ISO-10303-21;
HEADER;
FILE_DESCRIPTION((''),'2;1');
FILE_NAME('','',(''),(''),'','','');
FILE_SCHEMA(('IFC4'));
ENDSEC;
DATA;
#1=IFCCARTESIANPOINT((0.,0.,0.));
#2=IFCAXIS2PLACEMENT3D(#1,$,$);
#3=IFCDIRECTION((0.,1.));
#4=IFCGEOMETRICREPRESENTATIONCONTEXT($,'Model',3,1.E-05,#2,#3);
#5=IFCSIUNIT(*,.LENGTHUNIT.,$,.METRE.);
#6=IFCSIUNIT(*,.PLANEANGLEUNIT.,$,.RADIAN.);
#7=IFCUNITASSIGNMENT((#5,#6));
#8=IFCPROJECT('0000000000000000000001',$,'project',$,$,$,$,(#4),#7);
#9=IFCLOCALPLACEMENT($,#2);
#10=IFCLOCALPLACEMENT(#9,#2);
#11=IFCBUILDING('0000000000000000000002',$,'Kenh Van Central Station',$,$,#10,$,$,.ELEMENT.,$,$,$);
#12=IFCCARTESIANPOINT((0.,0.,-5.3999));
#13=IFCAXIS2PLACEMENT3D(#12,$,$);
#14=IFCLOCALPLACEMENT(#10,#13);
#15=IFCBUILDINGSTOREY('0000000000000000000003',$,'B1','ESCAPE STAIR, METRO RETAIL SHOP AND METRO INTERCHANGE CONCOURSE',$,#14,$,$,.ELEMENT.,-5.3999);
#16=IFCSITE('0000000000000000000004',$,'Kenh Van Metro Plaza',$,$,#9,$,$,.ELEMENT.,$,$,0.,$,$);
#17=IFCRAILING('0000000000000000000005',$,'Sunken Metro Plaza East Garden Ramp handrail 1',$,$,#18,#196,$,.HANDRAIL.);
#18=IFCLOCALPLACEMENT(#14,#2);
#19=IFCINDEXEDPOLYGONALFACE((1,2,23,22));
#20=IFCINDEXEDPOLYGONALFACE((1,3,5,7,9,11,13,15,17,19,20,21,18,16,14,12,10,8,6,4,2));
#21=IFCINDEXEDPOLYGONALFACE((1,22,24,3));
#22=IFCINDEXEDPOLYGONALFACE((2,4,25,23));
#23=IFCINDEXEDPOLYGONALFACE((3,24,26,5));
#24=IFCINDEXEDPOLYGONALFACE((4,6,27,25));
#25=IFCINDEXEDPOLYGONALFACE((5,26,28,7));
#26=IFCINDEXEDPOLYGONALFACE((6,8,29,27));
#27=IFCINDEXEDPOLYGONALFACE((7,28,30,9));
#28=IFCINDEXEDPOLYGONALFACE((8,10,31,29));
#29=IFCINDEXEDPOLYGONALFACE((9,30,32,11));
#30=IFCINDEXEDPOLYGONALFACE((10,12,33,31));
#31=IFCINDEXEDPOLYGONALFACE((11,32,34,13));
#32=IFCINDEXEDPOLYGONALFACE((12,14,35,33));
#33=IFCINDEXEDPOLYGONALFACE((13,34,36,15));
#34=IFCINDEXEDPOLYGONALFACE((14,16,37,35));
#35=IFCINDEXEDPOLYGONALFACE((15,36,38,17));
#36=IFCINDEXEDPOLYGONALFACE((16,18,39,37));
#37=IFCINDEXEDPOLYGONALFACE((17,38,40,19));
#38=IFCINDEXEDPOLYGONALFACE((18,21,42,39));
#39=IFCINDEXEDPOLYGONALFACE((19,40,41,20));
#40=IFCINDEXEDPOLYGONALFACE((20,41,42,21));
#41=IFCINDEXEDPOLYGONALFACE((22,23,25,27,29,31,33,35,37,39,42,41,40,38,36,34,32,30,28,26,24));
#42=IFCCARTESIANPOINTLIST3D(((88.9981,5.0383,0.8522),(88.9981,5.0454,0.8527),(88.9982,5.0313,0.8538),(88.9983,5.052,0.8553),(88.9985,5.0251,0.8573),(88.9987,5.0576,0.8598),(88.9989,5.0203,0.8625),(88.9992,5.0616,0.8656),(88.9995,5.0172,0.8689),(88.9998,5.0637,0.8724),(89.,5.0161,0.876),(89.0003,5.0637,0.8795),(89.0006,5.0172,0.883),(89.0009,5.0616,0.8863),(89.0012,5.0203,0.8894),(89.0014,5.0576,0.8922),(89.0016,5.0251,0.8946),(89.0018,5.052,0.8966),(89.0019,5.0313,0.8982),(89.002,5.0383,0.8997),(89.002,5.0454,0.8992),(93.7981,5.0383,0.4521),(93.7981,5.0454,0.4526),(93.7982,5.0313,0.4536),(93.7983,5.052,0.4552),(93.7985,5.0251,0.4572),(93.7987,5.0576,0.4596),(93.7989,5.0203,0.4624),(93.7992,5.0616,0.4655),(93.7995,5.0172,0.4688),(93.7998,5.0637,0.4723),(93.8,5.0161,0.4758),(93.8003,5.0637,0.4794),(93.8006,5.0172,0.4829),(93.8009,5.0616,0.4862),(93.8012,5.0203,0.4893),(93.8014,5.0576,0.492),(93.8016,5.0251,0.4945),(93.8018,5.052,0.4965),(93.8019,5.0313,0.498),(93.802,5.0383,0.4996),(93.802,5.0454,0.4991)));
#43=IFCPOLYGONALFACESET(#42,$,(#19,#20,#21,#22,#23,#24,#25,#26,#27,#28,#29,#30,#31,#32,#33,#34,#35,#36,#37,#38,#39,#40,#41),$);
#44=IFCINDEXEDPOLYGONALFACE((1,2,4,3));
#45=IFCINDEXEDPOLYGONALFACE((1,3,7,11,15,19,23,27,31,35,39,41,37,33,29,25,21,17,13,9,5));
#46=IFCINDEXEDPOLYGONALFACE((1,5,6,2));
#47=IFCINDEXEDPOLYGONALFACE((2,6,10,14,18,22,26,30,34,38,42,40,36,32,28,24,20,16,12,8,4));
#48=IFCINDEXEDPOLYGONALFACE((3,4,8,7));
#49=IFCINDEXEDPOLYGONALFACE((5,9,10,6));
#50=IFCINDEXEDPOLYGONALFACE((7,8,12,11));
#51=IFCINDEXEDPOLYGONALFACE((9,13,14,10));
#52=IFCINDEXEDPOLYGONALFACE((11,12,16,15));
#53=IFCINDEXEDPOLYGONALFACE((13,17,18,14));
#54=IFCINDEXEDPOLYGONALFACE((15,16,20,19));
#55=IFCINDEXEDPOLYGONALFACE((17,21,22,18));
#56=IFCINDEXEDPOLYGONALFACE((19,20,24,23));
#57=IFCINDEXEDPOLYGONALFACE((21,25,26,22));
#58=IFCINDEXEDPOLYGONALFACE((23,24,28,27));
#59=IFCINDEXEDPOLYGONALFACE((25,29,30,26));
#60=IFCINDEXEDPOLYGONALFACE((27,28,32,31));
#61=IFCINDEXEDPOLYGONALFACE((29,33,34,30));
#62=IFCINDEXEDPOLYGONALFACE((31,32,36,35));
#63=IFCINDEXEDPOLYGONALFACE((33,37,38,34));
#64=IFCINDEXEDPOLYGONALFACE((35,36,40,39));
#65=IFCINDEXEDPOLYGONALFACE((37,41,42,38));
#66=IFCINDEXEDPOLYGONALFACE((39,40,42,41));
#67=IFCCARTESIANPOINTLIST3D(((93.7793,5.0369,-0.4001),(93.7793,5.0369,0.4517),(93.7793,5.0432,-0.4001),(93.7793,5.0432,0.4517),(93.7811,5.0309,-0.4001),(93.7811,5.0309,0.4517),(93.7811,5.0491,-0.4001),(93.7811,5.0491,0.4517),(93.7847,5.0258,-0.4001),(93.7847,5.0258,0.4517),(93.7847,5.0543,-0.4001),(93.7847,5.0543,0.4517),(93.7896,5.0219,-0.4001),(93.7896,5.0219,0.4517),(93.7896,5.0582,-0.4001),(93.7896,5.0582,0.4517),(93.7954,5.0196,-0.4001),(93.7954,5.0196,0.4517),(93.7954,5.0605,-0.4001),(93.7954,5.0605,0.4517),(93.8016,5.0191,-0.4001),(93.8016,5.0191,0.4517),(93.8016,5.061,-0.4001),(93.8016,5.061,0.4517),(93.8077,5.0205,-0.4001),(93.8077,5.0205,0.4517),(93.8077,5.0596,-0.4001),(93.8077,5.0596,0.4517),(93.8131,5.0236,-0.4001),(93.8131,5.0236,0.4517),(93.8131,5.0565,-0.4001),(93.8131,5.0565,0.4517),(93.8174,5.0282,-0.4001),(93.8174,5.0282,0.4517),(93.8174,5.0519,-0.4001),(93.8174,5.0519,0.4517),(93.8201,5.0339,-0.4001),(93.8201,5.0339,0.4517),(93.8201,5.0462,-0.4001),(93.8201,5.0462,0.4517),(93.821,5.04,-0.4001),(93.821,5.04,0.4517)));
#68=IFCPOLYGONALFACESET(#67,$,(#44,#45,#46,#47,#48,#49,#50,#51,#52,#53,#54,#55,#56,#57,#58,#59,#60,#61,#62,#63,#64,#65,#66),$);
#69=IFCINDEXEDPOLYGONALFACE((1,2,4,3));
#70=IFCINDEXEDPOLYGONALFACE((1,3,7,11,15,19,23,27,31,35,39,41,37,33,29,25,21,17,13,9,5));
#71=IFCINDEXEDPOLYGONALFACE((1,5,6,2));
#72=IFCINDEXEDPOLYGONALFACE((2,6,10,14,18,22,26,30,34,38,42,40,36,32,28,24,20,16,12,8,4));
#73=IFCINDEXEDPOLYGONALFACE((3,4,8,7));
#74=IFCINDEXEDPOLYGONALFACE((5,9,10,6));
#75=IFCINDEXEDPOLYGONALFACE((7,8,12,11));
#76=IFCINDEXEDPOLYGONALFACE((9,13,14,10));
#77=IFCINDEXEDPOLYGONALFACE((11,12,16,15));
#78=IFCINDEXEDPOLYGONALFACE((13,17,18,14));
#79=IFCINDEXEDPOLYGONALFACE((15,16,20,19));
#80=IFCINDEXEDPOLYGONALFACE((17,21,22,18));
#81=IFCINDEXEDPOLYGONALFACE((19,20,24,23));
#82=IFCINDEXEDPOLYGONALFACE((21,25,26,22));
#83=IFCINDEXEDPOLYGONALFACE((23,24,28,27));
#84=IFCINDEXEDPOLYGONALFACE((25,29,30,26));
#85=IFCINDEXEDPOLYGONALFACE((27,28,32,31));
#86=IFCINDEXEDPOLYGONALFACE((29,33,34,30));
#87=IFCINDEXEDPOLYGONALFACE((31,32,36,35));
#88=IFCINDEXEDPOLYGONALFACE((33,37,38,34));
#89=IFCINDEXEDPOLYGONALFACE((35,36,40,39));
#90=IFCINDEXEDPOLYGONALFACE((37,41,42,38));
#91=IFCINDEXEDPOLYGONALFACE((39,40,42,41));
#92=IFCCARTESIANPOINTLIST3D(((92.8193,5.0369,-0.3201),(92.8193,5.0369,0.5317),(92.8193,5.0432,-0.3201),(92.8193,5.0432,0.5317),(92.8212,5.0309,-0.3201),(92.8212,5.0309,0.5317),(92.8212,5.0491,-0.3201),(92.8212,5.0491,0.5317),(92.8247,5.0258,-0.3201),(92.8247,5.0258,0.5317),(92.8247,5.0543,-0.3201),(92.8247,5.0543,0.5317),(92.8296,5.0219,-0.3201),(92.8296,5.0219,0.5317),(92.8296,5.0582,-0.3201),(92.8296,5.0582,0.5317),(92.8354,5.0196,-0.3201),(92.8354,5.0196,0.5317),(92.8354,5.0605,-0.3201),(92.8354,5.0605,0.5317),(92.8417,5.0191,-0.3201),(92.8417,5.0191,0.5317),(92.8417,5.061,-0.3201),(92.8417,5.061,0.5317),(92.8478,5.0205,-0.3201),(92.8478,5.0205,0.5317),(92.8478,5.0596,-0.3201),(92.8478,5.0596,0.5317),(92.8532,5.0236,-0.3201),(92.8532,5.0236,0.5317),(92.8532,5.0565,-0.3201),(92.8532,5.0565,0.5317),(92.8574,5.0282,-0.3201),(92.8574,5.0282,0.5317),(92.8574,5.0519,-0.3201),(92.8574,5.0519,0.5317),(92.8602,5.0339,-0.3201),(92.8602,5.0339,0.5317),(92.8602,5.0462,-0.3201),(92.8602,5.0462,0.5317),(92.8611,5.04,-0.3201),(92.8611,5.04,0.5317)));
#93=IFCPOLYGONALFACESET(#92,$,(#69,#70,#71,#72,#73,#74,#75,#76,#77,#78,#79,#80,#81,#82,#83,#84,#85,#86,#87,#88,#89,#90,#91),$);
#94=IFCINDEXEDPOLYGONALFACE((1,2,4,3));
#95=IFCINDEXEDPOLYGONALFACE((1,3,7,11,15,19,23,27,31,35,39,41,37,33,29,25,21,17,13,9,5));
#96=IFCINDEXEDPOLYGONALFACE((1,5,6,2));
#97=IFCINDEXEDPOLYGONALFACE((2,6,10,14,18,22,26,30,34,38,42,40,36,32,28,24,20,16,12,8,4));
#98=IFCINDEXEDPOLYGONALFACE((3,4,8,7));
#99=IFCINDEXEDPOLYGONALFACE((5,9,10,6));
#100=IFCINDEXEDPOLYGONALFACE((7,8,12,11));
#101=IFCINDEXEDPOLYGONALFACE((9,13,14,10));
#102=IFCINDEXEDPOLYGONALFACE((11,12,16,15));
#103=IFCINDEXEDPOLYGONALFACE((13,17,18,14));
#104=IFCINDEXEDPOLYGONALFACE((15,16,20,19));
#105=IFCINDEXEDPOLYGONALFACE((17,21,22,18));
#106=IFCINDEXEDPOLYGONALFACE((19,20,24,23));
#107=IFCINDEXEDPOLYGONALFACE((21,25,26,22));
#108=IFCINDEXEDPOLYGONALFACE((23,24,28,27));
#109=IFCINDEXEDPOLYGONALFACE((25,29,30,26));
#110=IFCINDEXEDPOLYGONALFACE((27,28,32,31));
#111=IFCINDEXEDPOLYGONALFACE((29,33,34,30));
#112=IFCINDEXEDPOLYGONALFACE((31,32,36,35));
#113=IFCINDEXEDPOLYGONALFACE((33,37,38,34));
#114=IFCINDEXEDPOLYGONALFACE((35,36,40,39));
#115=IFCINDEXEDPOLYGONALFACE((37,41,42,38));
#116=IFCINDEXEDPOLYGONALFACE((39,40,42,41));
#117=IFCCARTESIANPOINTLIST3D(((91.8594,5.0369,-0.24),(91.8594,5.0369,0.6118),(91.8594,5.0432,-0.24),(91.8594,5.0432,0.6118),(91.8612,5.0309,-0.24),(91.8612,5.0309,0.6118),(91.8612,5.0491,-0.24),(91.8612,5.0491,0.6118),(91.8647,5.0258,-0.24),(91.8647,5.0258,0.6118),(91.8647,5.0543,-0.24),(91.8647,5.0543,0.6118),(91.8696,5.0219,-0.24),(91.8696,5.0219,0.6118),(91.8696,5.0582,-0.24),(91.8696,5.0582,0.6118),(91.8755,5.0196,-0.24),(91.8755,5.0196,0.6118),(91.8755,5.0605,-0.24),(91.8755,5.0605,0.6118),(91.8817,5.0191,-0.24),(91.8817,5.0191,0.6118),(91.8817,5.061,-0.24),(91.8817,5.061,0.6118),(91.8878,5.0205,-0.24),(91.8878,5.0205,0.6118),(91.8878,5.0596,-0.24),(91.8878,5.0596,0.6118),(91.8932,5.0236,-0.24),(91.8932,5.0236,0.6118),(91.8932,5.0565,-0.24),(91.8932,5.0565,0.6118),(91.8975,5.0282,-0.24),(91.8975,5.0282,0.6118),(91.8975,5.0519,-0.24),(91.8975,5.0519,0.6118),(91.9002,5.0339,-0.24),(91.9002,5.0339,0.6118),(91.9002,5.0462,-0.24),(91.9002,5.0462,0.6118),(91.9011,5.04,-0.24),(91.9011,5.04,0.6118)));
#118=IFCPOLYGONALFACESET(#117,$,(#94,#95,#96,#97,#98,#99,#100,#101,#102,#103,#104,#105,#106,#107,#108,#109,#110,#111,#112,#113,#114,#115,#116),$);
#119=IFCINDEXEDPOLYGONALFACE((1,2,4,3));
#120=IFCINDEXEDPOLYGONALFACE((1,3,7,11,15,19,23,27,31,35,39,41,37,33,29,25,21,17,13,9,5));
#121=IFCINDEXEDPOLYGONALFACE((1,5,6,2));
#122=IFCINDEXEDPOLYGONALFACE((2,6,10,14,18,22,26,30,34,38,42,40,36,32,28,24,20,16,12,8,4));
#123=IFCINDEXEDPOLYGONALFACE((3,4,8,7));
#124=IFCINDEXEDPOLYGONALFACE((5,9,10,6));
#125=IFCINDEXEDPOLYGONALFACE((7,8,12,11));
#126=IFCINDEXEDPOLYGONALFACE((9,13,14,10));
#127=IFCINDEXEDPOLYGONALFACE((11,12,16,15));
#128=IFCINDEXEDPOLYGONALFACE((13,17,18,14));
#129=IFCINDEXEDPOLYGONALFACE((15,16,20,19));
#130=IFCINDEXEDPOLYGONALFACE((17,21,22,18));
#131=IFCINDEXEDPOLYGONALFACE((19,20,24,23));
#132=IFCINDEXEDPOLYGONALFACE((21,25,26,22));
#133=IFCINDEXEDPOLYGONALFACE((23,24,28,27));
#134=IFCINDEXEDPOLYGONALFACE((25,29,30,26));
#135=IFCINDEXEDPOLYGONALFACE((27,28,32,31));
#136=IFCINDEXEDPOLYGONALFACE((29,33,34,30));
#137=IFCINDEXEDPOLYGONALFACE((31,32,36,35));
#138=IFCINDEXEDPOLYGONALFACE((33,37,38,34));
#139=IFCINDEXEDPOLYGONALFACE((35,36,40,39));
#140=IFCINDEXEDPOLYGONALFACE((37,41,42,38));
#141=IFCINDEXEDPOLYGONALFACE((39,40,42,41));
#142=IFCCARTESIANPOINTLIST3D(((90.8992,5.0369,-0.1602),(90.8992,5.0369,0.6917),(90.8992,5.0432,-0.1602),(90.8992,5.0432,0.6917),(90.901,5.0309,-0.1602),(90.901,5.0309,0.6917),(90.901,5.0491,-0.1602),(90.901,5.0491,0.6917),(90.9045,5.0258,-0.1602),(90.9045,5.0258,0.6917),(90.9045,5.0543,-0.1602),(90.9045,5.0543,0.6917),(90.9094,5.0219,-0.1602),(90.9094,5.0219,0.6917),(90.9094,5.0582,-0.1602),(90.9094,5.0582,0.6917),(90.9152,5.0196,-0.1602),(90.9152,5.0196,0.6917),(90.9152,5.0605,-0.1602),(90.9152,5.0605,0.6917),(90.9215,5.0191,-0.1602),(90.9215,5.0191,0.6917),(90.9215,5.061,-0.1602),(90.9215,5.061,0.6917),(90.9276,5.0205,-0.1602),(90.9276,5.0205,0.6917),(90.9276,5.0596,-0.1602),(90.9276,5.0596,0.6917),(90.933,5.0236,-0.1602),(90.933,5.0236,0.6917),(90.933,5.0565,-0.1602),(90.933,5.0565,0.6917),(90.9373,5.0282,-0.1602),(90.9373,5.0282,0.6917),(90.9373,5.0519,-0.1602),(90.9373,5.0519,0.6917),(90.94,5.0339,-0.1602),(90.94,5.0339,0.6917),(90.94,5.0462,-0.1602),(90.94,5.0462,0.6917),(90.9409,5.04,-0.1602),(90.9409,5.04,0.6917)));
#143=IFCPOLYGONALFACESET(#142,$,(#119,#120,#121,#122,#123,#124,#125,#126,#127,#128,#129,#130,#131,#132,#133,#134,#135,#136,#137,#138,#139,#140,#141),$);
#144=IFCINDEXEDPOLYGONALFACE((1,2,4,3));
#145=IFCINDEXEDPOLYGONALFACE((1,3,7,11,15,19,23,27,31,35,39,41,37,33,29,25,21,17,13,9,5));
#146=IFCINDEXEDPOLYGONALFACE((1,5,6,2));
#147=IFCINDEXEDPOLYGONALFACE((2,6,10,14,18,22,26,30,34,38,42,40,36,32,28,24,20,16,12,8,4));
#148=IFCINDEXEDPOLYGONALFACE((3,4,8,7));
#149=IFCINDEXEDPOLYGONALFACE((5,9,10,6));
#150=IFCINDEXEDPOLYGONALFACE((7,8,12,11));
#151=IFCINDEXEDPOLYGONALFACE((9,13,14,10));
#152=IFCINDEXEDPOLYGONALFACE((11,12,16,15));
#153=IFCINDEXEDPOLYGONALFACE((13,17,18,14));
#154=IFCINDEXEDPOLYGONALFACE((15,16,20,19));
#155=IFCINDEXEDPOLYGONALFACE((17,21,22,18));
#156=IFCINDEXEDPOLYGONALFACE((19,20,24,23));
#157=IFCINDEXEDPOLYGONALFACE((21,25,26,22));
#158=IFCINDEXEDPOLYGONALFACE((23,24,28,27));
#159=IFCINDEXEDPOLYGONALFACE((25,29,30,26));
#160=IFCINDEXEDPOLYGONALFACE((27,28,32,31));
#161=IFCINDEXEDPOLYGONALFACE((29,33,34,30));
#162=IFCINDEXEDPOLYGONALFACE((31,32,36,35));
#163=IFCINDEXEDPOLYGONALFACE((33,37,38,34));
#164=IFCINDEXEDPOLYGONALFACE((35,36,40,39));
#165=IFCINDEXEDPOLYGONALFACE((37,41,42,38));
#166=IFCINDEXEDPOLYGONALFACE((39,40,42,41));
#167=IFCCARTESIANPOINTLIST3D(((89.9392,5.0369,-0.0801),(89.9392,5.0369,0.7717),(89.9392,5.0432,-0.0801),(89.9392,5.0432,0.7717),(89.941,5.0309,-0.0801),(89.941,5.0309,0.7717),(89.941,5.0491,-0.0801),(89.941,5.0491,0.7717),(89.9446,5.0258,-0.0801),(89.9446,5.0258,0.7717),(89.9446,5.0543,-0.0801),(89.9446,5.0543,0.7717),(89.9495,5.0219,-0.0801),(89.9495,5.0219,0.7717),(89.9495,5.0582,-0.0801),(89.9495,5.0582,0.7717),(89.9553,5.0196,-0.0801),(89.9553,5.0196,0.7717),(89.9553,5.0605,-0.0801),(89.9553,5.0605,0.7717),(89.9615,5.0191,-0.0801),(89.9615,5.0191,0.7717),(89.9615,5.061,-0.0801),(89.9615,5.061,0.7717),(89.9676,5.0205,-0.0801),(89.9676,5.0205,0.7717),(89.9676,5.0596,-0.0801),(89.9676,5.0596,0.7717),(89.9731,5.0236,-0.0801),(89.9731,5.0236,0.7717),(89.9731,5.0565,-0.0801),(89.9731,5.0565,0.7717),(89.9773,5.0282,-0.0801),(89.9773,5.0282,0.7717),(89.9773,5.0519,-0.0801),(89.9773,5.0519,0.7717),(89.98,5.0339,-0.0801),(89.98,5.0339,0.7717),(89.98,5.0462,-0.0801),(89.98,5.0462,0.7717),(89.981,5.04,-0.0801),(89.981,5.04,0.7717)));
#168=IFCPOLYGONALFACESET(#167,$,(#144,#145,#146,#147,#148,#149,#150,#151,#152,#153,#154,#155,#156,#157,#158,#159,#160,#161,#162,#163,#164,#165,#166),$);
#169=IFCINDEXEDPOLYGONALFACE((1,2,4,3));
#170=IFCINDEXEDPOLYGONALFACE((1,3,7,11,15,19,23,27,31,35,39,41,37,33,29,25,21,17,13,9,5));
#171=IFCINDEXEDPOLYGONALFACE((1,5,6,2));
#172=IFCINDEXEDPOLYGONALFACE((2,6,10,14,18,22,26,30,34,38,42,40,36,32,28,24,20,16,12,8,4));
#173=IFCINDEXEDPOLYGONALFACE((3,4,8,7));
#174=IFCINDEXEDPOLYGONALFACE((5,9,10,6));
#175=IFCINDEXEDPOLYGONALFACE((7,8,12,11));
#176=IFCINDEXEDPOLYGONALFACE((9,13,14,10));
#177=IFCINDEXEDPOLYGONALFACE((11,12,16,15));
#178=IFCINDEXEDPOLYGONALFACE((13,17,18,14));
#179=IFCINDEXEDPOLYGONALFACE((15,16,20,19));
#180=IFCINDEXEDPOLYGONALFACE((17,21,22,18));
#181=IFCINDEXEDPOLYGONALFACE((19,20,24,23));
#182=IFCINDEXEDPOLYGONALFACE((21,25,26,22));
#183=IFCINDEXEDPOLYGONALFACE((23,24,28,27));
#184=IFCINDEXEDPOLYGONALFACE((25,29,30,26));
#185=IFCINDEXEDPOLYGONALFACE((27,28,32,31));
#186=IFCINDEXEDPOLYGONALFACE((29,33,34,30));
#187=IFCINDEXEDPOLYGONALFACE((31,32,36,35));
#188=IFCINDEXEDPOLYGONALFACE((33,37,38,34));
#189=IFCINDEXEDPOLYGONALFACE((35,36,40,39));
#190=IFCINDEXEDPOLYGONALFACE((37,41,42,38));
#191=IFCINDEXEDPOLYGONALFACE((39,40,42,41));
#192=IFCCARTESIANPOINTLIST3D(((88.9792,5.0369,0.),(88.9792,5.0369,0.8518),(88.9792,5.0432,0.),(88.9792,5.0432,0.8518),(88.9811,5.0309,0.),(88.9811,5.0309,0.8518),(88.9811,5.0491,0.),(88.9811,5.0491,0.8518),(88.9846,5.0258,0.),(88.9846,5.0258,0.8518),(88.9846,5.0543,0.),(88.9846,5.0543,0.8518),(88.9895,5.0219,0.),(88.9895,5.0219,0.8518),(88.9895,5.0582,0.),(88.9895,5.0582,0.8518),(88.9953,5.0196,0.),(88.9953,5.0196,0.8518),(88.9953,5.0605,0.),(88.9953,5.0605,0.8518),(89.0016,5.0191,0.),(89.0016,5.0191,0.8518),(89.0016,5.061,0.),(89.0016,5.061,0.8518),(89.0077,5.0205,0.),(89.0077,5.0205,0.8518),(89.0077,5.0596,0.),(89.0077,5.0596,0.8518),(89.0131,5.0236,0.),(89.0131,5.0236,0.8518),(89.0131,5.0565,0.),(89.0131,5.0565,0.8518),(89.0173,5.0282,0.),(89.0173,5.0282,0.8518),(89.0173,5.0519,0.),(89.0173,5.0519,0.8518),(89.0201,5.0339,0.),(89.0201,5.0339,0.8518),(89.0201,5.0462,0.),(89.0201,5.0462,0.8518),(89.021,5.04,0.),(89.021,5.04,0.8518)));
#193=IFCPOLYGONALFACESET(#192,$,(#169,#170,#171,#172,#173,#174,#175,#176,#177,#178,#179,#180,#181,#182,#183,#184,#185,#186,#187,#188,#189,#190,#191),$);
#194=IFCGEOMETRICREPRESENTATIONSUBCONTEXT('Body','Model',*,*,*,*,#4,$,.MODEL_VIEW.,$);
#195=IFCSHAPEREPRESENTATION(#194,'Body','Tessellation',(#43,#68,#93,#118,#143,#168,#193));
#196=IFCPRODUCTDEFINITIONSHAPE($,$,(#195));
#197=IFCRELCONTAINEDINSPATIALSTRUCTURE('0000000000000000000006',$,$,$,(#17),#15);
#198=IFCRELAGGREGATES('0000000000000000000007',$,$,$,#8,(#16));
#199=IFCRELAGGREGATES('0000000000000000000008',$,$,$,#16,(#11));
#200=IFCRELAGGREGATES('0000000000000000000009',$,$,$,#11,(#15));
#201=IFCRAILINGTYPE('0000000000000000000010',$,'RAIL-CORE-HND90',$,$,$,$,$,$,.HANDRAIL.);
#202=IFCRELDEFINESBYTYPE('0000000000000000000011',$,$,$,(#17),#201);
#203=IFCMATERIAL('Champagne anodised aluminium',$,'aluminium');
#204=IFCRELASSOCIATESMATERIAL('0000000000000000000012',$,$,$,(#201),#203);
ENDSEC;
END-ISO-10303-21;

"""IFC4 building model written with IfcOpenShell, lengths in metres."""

from ifc_helpers import new_model, si_unit, direction, frame, origin, origin_2d, place, context, subcontext, project, spatial, circle, extrude, material, type_object, element, save


model = new_model("IFC4")

# Units and contexts
model_context = context("Model", 3, precision=1e-05, world=origin(), true_north=direction((0.0, 1.0)))
body_context = subcontext(model_context, "Body", "Model", "MODEL_VIEW")
ifc_project = project(units=[si_unit("LENGTHUNIT", "METRE"), si_unit("PLANEANGLEUNIT", "RADIAN")], contexts=[model_context])

# Site, building, storey
site_placement = place(None, origin())
site = spatial("IfcSite", under=ifc_project, at=site_placement, Name="Kenh Van Metro Plaza", CompositionType="ELEMENT", RefElevation=0.0)
building_placement = place(site_placement, origin())
building = spatial("IfcBuilding", under=site, at=building_placement, Name="Kenh Van Central Station", CompositionType="ELEMENT")
storey_placement = place(building_placement, frame((0.0, 0.0, -5.3999)))
storey = spatial("IfcBuildingStorey", under=building, at=storey_placement, Name="B1", Description="ESCAPE STAIR, METRO RETAIL SHOP AND METRO INTERCHANGE CONCOURSE", CompositionType="ELEMENT", Elevation=-5.3999)

# Railing
ifc_material_1 = material(Name="Champagne anodised aluminium", Category="aluminium")
railing_type_1 = type_object("IfcRailingType", Name="RAIL-CORE-HND90", PredefinedType="HANDRAIL", material=ifc_material_1)
for number, where, name in (
    (1, (93.8, 5.04, -0.4001), "Sunken Metro Plaza East Garden Ramp handrail 1"),
):
    element("IfcRailing", number, at=place(storey_placement, frame(where)), inside=storey, type_object=railing_type_1, Name=name, PredefinedType="HANDRAIL", context=body_context, shape_type="SweptSolid", body=[
        extrude(circle(Radius=0.0239, at=origin_2d()), frame((0.0, 0.0, 0.876), z_axis=(-0.996543, 0.0, 0.083075), x_axis=(0.0, -1.0, 0.0)), (0.0, 0.0, 1.0), 4.8167),
        extrude(circle(Radius=0.021, at=origin_2d()), origin(), (0.0, 0.0, 1.0), 0.8518),
        extrude(circle(Radius=0.021, at=origin_2d()), frame((-0.96, 0.0, 0.0801)), (0.0, 0.0, 1.0), 0.8518),
        extrude(circle(Radius=0.021, at=origin_2d()), frame((-1.9199, 0.0, 0.1602)), (0.0, 0.0, 1.0), 0.8518),
        extrude(circle(Radius=0.021, at=origin_2d()), frame((-2.8801, 0.0, 0.24)), (0.0, 0.0, 1.0), 0.8518),
        extrude(circle(Radius=0.021, at=origin_2d()), frame((-3.8401, 0.0, 0.3201)), (0.0, 0.0, 1.0), 0.8518),
        extrude(circle(Radius=0.021, at=origin_2d()), frame((-4.8, 0.0, 0.4001)), (0.0, 0.0, 1.0), 0.8518),
    ])

save(model, "model.ifc")
